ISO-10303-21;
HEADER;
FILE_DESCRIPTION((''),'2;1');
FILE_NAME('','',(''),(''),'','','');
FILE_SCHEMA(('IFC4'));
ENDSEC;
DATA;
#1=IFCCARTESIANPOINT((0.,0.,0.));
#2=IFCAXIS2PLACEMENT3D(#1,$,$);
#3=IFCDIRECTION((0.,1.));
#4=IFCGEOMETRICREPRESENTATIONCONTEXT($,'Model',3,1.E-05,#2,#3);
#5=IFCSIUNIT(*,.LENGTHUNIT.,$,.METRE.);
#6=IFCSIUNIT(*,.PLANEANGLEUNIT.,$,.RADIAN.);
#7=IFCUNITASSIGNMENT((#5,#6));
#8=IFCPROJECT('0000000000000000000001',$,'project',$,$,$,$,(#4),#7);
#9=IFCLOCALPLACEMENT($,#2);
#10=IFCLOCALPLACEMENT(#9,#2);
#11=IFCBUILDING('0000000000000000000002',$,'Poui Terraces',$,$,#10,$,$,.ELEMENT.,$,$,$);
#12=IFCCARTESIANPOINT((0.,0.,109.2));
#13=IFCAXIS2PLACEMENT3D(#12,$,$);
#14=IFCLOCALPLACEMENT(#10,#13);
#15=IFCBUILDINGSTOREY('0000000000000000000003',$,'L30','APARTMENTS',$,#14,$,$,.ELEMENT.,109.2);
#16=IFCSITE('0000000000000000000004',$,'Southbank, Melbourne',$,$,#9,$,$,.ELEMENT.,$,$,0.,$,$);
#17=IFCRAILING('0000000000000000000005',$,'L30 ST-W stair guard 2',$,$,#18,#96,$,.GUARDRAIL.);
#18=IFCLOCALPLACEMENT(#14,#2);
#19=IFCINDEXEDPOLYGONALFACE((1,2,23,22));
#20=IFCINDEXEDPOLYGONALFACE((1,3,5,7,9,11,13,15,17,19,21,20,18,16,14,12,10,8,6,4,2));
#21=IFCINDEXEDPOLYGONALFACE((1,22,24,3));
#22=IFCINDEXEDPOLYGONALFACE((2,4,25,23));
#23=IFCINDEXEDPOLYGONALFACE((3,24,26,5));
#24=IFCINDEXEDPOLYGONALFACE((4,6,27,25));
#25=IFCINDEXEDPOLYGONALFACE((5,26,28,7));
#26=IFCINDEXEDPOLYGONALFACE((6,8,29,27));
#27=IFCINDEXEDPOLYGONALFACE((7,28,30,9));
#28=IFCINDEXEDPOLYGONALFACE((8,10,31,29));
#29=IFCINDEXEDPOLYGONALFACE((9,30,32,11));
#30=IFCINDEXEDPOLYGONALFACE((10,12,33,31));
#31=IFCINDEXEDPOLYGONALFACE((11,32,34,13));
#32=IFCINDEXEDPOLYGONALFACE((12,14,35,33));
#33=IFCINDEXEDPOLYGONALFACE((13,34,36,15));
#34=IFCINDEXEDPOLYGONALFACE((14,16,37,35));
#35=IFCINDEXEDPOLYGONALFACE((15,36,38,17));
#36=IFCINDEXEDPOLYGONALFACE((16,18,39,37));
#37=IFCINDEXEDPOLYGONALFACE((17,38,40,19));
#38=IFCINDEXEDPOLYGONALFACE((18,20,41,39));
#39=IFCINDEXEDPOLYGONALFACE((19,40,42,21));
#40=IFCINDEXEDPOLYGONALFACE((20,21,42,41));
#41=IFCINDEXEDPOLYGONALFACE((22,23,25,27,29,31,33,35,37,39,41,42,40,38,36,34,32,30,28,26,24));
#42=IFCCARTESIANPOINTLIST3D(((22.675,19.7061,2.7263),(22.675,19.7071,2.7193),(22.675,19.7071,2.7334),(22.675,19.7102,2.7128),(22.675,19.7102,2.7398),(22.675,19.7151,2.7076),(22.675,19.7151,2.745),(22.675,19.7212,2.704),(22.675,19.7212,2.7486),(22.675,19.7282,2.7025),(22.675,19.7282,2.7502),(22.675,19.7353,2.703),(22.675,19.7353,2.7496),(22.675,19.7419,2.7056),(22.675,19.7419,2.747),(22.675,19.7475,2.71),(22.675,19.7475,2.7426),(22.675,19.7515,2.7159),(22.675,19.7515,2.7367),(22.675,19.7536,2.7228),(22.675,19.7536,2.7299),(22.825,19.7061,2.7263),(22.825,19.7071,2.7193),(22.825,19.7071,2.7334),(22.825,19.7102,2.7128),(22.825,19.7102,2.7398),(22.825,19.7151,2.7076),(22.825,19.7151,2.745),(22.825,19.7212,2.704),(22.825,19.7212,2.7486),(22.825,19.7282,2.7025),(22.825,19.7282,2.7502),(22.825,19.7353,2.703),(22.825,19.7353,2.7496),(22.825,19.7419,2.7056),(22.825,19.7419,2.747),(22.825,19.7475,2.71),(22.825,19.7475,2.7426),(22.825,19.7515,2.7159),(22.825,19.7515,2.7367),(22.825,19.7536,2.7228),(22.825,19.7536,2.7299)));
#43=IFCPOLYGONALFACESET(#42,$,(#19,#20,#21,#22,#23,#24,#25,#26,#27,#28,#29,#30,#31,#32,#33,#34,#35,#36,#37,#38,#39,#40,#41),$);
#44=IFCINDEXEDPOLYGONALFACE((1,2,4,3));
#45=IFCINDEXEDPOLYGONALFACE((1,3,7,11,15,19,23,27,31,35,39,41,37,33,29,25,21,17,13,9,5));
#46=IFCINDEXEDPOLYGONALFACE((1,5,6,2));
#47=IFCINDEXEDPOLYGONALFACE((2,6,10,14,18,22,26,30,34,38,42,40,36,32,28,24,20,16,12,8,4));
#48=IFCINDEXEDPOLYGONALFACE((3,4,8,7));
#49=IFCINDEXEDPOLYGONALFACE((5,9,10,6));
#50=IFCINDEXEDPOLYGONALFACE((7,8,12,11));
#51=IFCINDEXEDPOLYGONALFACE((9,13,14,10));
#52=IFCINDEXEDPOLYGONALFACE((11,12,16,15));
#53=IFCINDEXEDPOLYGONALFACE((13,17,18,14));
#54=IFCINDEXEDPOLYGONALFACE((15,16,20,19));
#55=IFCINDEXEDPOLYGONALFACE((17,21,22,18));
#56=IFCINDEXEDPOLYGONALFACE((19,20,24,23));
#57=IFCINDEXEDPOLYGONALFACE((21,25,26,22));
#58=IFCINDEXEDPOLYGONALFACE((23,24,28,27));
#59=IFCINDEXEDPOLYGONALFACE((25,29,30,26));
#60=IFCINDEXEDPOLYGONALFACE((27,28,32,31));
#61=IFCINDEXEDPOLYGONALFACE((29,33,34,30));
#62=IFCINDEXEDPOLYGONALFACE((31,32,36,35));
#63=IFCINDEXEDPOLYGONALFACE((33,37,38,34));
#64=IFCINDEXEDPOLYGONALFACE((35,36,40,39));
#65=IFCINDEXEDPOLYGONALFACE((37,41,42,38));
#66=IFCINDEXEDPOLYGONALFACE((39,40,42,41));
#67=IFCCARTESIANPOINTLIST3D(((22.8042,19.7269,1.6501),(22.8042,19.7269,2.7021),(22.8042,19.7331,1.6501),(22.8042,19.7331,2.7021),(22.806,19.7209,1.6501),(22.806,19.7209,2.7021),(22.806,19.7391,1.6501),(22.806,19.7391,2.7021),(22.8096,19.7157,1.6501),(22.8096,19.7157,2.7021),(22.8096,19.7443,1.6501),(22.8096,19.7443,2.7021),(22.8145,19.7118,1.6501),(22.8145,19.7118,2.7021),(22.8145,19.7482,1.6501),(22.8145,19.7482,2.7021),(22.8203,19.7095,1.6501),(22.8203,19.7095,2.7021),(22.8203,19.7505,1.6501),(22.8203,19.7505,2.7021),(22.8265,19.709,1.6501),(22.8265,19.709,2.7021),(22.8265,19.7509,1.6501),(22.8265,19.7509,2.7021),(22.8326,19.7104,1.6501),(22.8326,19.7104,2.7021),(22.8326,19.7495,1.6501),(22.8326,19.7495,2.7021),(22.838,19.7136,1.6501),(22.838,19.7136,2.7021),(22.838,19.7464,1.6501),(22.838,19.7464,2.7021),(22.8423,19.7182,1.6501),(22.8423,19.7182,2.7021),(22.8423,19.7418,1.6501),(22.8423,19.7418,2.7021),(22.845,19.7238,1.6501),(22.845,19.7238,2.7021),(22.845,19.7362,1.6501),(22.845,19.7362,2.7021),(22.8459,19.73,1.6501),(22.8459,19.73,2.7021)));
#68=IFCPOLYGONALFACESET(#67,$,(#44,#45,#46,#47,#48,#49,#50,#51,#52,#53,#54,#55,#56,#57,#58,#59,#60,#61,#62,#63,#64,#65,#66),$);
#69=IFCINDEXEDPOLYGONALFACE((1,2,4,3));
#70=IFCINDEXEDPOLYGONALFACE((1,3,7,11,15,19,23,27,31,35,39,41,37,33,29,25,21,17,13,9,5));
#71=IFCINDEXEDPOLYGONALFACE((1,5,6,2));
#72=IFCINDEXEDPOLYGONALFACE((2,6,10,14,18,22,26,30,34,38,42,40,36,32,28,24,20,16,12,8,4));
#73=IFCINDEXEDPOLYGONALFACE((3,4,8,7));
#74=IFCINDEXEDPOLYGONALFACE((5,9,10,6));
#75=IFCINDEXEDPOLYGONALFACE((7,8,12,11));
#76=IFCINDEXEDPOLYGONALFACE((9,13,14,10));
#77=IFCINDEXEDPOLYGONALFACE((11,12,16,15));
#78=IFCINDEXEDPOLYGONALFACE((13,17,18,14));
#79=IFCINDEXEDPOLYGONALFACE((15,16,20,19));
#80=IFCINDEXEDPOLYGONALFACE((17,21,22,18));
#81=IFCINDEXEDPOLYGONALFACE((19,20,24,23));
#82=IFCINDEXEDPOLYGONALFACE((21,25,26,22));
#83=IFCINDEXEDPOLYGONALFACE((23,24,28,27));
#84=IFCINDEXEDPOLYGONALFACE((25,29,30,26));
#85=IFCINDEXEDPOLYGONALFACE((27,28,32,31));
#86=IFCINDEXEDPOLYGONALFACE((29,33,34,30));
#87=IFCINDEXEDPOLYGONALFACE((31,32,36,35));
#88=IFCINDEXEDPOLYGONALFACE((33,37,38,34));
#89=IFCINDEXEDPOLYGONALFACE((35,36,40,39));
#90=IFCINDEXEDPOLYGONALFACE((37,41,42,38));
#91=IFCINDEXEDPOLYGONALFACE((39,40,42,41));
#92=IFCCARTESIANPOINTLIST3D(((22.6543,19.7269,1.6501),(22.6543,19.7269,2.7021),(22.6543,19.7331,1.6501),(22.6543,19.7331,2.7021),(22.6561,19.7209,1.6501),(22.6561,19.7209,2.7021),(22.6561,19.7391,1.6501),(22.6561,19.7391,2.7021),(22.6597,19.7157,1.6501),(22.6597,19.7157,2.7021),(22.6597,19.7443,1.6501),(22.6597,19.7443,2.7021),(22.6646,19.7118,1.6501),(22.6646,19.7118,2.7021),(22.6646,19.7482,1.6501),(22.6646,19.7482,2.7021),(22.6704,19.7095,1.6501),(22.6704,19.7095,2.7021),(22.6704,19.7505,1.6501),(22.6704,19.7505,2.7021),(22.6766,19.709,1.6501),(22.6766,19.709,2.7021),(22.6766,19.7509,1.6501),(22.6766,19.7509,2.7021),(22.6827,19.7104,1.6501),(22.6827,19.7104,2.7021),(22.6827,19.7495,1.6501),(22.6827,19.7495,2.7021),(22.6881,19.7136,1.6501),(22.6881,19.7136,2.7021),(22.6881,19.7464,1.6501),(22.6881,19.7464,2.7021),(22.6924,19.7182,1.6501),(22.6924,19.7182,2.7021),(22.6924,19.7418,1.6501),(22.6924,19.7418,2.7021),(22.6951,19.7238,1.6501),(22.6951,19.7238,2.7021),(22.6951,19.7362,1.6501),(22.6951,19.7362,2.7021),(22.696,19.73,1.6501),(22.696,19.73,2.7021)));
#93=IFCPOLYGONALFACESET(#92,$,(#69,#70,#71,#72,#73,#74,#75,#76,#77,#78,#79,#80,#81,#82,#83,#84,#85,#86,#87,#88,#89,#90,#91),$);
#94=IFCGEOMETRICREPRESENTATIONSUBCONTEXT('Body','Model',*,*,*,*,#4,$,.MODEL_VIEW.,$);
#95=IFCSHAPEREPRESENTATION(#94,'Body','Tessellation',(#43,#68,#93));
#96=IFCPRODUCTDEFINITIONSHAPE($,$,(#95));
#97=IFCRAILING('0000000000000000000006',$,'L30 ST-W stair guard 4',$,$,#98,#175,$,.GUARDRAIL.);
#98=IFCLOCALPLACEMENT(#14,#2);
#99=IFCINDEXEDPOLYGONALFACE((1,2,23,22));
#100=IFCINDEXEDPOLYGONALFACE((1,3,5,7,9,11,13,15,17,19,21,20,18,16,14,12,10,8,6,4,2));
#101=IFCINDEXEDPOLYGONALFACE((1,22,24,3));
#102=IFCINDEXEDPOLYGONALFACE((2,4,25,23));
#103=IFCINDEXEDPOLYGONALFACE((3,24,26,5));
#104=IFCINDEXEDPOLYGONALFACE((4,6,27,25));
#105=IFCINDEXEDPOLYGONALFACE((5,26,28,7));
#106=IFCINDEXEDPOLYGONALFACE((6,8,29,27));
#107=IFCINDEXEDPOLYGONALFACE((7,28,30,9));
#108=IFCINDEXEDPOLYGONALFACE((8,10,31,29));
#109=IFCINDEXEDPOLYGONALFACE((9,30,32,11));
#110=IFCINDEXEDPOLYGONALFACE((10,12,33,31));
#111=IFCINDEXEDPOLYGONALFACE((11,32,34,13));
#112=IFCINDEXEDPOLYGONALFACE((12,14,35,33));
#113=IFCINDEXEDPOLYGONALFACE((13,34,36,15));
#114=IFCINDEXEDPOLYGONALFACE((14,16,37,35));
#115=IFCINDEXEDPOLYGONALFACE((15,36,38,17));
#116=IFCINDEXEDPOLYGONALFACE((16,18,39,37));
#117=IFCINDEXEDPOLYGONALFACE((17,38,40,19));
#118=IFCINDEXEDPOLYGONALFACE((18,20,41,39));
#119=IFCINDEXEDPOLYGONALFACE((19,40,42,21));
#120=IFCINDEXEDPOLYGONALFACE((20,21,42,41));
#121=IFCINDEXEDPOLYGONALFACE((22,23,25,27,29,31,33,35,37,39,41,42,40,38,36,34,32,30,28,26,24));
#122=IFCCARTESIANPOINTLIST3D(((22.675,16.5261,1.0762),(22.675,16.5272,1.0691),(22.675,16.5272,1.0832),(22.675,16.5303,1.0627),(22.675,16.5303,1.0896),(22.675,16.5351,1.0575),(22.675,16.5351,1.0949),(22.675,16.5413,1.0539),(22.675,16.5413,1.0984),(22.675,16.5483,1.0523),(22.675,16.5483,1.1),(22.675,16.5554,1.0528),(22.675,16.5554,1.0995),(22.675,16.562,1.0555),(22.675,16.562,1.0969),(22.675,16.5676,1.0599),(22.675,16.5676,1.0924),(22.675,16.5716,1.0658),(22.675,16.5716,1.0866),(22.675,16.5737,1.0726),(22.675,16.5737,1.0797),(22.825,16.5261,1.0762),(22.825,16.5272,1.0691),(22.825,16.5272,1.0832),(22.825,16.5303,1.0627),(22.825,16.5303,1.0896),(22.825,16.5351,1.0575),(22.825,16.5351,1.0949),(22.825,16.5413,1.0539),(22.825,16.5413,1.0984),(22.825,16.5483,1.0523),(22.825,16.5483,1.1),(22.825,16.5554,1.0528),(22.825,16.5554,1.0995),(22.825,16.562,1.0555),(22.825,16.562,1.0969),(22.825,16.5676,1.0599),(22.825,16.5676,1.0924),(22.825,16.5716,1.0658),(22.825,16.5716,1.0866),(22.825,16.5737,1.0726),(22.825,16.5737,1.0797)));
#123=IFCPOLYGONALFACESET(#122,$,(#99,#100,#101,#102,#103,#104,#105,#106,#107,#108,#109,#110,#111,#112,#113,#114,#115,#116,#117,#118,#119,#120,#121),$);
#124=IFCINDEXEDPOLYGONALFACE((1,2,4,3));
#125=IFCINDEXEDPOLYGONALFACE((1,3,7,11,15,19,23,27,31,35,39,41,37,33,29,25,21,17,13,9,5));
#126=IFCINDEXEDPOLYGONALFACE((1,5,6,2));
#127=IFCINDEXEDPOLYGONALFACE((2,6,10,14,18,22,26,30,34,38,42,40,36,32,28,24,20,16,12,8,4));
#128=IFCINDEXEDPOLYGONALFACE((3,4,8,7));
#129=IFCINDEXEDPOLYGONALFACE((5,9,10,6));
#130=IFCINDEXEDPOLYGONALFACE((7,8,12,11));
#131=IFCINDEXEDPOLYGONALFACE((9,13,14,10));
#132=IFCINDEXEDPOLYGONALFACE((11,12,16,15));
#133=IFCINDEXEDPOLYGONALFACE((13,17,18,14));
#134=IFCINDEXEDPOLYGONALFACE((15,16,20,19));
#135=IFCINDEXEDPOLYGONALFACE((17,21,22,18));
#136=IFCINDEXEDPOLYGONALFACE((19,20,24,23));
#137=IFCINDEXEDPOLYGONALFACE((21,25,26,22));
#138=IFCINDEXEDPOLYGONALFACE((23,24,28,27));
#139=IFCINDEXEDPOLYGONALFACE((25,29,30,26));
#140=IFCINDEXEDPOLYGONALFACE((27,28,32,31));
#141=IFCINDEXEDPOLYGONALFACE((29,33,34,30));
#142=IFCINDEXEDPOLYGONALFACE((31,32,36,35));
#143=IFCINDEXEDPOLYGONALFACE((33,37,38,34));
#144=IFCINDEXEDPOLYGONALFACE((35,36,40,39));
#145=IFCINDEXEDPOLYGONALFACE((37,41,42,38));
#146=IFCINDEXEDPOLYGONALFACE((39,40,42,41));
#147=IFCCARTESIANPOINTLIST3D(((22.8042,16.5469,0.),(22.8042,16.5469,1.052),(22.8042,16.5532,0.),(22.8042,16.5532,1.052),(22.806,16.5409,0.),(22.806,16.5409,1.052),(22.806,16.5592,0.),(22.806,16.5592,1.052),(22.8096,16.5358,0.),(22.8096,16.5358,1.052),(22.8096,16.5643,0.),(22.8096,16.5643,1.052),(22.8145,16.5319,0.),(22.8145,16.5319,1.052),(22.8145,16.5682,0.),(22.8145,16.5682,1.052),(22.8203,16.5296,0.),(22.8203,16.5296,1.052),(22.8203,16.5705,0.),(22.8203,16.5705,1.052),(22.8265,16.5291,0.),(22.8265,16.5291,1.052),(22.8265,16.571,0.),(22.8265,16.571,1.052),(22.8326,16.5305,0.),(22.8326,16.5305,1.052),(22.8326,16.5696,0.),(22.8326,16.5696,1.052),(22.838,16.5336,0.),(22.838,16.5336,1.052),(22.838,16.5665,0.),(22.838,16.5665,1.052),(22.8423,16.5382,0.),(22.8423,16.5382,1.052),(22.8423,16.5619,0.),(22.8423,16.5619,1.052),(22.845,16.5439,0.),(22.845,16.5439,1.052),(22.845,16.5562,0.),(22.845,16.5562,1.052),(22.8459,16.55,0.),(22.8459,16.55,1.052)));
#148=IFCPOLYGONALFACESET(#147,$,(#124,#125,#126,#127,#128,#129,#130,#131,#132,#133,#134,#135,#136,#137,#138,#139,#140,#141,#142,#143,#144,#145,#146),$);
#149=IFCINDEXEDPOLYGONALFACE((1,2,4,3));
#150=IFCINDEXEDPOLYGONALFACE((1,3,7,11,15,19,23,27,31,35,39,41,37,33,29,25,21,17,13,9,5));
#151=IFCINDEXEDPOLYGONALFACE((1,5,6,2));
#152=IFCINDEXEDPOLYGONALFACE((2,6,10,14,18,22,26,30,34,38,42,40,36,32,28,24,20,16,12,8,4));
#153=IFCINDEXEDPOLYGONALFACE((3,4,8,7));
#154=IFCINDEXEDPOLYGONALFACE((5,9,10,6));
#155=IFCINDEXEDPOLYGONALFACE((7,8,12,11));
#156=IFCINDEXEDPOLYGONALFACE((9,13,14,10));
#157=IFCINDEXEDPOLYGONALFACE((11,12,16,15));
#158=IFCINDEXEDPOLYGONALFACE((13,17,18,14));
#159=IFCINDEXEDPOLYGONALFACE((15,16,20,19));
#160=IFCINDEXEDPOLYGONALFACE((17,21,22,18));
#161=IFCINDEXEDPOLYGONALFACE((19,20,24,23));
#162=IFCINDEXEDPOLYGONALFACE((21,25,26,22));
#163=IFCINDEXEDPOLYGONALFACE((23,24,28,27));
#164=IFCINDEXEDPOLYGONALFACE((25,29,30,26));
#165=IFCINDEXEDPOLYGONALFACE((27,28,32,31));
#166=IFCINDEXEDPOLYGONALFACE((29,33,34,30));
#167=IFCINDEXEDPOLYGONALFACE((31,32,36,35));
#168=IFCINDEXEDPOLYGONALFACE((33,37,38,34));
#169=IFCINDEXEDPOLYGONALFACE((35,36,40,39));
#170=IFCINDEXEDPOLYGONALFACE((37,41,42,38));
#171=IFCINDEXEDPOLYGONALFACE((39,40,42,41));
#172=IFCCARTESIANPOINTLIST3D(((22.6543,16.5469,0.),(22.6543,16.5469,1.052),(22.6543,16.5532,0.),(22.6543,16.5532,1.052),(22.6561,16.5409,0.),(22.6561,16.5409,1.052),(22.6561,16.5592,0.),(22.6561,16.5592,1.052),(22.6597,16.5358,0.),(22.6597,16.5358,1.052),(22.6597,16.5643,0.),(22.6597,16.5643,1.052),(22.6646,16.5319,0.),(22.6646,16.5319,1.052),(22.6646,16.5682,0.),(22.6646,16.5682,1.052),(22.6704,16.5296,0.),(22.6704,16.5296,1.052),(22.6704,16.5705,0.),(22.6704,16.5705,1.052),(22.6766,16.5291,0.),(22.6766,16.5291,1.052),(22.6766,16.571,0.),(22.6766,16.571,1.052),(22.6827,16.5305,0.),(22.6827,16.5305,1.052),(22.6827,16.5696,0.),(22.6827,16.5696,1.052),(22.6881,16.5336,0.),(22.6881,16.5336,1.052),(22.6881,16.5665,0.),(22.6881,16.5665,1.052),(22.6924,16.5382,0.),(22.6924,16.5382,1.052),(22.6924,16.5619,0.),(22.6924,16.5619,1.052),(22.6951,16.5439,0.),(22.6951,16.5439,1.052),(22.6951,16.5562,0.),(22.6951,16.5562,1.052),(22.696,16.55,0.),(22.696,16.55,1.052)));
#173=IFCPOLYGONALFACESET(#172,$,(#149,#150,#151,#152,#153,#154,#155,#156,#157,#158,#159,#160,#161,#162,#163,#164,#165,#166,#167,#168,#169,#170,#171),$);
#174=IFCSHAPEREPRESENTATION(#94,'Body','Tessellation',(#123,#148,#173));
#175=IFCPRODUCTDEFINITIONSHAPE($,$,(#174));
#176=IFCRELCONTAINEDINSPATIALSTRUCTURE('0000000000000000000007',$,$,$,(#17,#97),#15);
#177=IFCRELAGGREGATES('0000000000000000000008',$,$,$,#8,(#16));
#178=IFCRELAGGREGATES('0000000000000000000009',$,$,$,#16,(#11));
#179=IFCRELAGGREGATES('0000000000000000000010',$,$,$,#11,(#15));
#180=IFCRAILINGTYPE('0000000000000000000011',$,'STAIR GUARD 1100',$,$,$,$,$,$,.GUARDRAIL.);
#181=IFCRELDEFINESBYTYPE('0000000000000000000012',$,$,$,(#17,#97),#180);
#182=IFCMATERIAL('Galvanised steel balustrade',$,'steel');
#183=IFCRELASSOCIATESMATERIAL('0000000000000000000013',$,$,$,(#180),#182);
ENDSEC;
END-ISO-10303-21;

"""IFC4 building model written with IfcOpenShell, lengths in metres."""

from ifc_helpers import new_model, si_unit, direction, frame, origin, origin_2d, place, context, subcontext, project, spatial, circle, extrude, material, type_object, element, save


model = new_model("IFC4")

# Units and contexts
model_context = context("Model", 3, precision=1e-05, world=origin(), true_north=direction((0.0, 1.0)))
body_context = subcontext(model_context, "Body", "Model", "MODEL_VIEW")
ifc_project = project(units=[si_unit("LENGTHUNIT", "METRE"), si_unit("PLANEANGLEUNIT", "RADIAN")], contexts=[model_context])

# Site, building, storey
site_placement = place(None, origin())
site = spatial("IfcSite", under=ifc_project, at=site_placement, Name="Southbank, Melbourne", CompositionType="ELEMENT", RefElevation=0.0)
building_placement = place(site_placement, origin())
building = spatial("IfcBuilding", under=site, at=building_placement, Name="Poui Terraces", CompositionType="ELEMENT")
storey_placement = place(building_placement, frame((0.0, 0.0, 109.2)))
storey = spatial("IfcBuildingStorey", under=building, at=storey_placement, Name="L30", Description="APARTMENTS", CompositionType="ELEMENT", Elevation=109.2)

# Railings
ifc_material_1 = material(Name="Galvanised steel balustrade", Category="steel")
railing_type_1 = type_object("IfcRailingType", Name="STAIR GUARD 1100", PredefinedType="GUARDRAIL", material=ifc_material_1)
for number, where, name in (
    (1, (22.825, 19.73, 1.6501), "L30 ST-W stair guard 2"),
    (2, (22.825, 16.55, 0.0), "L30 ST-W stair guard 4"),
):
    element("IfcRailing", number, at=place(storey_placement, frame(where)), inside=storey, type_object=railing_type_1, Name=name, PredefinedType="GUARDRAIL", context=body_context, shape_type="SweptSolid", body=[
        extrude(circle(Radius=0.0239, at=origin_2d()), frame((0.0, 0.0, 1.0762), z_axis=(-1.0, 0.0, 0.0), x_axis=(0.0, -1.0, 0.0)), (0.0, 0.0, 1.0), 0.1499),
        extrude(circle(Radius=0.021, at=origin_2d()), origin(), (0.0, 0.0, 1.0), 1.052),
        extrude(circle(Radius=0.021, at=origin_2d()), frame((-0.1499, 0.0, 0.0)), (0.0, 0.0, 1.0), 1.052),
    ])

save(model, "model.ifc")
